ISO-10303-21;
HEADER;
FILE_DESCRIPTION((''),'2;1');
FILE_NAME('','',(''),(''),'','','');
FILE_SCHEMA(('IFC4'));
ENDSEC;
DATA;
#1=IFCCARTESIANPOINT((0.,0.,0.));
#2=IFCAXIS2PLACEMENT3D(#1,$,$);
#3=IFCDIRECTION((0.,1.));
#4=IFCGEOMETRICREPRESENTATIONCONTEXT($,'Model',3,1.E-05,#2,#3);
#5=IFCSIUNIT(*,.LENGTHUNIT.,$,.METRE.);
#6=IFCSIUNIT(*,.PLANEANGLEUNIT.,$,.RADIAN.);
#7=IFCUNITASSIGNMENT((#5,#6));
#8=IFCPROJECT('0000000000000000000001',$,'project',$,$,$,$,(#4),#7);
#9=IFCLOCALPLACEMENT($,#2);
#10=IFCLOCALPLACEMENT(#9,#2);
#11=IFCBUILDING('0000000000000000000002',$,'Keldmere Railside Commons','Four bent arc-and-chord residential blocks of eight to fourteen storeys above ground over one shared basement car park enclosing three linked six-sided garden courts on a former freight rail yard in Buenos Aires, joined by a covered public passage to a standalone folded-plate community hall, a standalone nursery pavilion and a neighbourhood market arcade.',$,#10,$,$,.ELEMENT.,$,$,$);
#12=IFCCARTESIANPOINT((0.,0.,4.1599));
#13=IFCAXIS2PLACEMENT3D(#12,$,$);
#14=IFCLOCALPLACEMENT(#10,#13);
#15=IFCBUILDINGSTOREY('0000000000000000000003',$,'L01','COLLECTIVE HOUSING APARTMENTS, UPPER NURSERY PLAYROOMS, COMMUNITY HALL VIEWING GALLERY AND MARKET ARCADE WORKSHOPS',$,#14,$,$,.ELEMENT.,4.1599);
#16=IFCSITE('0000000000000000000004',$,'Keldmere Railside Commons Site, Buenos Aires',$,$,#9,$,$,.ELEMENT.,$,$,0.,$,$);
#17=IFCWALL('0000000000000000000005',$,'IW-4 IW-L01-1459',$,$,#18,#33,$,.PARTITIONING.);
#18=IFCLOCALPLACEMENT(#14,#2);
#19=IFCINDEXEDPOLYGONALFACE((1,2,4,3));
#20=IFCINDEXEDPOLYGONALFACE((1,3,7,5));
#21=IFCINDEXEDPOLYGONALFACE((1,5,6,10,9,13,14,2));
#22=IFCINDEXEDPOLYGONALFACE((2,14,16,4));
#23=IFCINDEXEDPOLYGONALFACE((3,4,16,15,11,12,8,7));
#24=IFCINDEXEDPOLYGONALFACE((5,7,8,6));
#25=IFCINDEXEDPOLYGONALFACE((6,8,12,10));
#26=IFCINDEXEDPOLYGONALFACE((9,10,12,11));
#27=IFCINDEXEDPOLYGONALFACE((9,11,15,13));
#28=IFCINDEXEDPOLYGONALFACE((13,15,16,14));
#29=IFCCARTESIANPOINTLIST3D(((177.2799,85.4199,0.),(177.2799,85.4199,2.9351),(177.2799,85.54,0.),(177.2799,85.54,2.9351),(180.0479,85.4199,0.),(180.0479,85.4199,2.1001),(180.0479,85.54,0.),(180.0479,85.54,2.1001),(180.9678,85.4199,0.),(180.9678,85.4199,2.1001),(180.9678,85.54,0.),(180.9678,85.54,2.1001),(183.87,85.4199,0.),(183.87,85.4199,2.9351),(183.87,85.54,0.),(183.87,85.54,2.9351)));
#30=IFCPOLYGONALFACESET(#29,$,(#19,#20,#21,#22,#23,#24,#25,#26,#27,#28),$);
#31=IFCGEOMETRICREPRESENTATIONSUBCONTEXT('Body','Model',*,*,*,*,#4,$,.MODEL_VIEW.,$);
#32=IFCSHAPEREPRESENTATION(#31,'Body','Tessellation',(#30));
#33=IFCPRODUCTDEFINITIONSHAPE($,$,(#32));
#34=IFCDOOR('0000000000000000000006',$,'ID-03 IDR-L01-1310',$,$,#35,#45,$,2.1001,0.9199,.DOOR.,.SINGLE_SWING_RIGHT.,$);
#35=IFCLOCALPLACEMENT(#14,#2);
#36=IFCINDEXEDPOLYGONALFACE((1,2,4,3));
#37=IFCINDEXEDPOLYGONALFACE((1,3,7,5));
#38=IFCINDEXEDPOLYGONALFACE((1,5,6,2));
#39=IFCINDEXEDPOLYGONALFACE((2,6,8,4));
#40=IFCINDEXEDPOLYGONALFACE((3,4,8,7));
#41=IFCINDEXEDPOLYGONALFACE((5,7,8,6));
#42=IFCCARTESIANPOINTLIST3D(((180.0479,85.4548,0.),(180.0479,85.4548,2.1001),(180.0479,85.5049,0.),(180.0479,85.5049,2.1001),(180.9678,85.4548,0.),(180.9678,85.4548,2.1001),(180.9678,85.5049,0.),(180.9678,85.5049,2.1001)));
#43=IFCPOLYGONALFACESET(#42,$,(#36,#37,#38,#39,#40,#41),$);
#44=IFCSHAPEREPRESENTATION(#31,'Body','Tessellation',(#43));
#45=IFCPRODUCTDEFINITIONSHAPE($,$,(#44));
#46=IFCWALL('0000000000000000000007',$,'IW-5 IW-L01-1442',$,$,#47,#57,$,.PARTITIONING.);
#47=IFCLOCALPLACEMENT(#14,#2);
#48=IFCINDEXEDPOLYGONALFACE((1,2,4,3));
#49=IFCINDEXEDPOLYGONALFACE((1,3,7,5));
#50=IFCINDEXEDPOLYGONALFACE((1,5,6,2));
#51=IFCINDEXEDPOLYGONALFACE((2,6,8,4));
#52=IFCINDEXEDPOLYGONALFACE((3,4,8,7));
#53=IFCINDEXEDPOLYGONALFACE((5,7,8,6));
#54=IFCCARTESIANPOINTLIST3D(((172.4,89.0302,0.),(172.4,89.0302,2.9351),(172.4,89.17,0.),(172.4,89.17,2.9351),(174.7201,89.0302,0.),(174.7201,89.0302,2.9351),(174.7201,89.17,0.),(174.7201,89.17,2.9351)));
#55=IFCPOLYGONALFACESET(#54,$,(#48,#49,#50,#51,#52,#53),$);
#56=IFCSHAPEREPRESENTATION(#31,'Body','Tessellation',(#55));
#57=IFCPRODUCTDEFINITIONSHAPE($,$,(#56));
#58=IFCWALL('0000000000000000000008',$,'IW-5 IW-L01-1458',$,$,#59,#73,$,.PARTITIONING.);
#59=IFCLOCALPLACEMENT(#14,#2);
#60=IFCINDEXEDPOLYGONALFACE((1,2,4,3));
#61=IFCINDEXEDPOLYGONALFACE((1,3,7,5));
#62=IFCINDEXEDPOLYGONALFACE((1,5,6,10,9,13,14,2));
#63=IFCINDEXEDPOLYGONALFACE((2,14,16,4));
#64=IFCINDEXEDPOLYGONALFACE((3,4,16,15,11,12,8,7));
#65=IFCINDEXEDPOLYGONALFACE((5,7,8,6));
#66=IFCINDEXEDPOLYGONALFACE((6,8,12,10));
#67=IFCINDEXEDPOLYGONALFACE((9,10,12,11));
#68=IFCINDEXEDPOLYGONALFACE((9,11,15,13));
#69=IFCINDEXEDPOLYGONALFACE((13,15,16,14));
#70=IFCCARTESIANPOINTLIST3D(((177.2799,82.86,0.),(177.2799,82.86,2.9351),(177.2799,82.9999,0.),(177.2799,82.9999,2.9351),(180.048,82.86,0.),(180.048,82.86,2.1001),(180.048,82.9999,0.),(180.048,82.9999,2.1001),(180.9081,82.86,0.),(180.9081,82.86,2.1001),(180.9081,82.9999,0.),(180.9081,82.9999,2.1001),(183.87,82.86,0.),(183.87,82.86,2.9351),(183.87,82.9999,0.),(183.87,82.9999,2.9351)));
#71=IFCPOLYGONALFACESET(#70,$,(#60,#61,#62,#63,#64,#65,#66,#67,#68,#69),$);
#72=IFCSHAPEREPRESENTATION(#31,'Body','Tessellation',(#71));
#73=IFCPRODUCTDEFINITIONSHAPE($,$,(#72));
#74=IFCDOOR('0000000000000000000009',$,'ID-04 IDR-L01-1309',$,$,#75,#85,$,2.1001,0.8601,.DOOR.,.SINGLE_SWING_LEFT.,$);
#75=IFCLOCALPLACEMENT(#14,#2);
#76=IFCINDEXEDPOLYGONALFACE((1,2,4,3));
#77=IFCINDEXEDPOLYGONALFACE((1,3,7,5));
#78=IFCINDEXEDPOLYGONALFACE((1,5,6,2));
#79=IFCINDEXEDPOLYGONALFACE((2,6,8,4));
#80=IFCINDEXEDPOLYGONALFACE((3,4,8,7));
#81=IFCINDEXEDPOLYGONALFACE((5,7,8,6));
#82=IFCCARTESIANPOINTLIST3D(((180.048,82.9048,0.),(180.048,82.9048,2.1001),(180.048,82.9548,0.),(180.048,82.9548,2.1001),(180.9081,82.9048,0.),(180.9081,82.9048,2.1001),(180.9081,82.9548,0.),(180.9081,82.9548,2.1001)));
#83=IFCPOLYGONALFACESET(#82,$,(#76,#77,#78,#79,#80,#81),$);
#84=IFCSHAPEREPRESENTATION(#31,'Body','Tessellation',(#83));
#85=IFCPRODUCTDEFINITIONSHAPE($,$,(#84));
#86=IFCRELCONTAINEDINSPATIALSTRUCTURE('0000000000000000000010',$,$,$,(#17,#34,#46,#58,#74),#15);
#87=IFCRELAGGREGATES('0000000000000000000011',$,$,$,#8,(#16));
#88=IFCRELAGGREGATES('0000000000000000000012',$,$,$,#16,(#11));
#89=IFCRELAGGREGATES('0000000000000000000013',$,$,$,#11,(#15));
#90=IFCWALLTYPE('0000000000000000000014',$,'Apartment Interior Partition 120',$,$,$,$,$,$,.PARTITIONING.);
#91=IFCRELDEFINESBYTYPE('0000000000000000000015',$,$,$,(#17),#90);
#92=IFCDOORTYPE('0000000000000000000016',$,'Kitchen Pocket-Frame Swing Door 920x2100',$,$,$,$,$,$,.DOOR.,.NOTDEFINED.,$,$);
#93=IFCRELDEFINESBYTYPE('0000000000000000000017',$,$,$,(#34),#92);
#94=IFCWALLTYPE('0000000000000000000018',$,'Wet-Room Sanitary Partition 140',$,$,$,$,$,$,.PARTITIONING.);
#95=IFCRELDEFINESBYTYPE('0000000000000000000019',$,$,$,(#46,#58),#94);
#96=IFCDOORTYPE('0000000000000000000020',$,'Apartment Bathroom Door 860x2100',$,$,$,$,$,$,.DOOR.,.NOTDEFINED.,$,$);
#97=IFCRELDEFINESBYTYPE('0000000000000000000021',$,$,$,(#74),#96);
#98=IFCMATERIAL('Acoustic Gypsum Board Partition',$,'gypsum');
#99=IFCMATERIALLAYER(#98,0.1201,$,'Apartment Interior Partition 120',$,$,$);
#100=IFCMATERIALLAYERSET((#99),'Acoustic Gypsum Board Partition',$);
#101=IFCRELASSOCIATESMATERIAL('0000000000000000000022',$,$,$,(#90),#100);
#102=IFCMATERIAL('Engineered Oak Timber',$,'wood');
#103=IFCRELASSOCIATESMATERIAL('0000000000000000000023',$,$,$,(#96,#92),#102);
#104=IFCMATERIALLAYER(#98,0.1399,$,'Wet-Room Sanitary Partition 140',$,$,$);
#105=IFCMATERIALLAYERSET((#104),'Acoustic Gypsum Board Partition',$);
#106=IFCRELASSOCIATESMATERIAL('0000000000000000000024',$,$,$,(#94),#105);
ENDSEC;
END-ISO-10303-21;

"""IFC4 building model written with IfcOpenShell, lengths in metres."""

from ifc_helpers import new_model, si_unit, direction, frame, frame_2d, origin, place, context, subcontext, project, spatial, rectangle, extrude, material, layer, layer_set, type_object, element, fill, save


model = new_model("IFC4")

# Units and contexts
model_context = context("Model", 3, precision=1e-05, world=origin(), true_north=direction((0.0, 1.0)))
body_context = subcontext(model_context, "Body", "Model", "MODEL_VIEW")
ifc_project = project(units=[si_unit("LENGTHUNIT", "METRE"), si_unit("PLANEANGLEUNIT", "RADIAN")], contexts=[model_context])

# Site, building, storey
site_placement = place(None, origin())
site = spatial("IfcSite", under=ifc_project, at=site_placement, Name="Keldmere Railside Commons Site, Buenos Aires", CompositionType="ELEMENT", RefElevation=0.0)
building_placement = place(site_placement, origin())
building = spatial("IfcBuilding", under=site, at=building_placement, Name="Keldmere Railside Commons", Description="Four bent arc-and-chord residential blocks of eight to fourteen storeys above ground over one shared basement car park enclosing three linked six-sided garden courts on a former freight rail yard in Buenos Aires, joined by a covered public passage to a standalone folded-plate community hall, a standalone nursery pavilion and a neighbourhood market arcade.", CompositionType="ELEMENT")
storey_placement = place(building_placement, frame((0.0, 0.0, 4.1599)))
storey = spatial("IfcBuildingStorey", under=building, at=storey_placement, Name="L01", Description="COLLECTIVE HOUSING APARTMENTS, UPPER NURSERY PLAYROOMS, COMMUNITY HALL VIEWING GALLERY AND MARKET ARCADE WORKSHOPS", CompositionType="ELEMENT", Elevation=4.1599)

# Shared definitions
ifc_material_1 = material(Name="Acoustic Gypsum Board Partition", Category="gypsum")

# Shared definitions
ifc_layer_1 = layer(ifc_material_1, 0.1201, Name="Apartment Interior Partition 120")
ifc_layer_set_1 = layer_set([ifc_layer_1], Name="Acoustic Gypsum Board Partition")
wall_type_1 = type_object("IfcWallType", Name="Apartment Interior Partition 120", PredefinedType="PARTITIONING", material=ifc_layer_set_1)
ifc_material_2 = material(Name="Engineered Oak Timber", Category="wood")
door_type_1 = type_object("IfcDoorType", Name="Apartment Bathroom Door 860x2100", OperationType="NOTDEFINED", PredefinedType="DOOR", material=ifc_material_2)
door_type_2 = type_object("IfcDoorType", Name="Kitchen Pocket-Frame Swing Door 920x2100", OperationType="NOTDEFINED", PredefinedType="DOOR", material=ifc_material_2)

# Wall, opening, door
wall_1_placement = place(storey_placement, frame((177.28, 85.48, 0.0), z_axis=(0.0, 0.0, 1.0), x_axis=(1.0, 0.0, 0.0)))
wall_1 = element("IfcWall", 1, at=wall_1_placement, inside=storey, type_object=wall_type_1, Name="IW-4 IW-L01-1459", PredefinedType="PARTITIONING", context=body_context, shape_type="SweptSolid", body=[
    extrude(rectangle(XDim=6.5901, YDim=0.1201, at=frame_2d((3.2949, 0.0))), origin(), (0.0, 0.0, 1.0), 2.9351),
])
opening_1_placement = place(wall_1_placement, frame((2.7678, 0.0, 0.0)))
opening_1 = element("IfcOpeningElement", 2, at=opening_1_placement, cuts=wall_1, PredefinedType="OPENING", context=body_context, shape_type="SweptSolid", body=[
    extrude(rectangle(XDim=0.9199, YDim=2.1001, at=frame_2d((0.46, 1.05))), frame((0.0, 0.0701, 0.0), z_axis=(0.0, -1.0, 0.0), x_axis=(1.0, 0.0, 0.0)), (0.0, 0.0, 1.0), 0.1401),
])
door_1_placement = place(opening_1_placement, origin())
door_1 = element("IfcDoor", 3, at=door_1_placement, inside=storey, type_object=door_type_2, Name="ID-03 IDR-L01-1310", OperationType="SINGLE_SWING_RIGHT", OverallHeight=2.1001, OverallWidth=0.9199, PredefinedType="DOOR", context=body_context, shape_type="SweptSolid", body=[
    extrude(rectangle(XDim=0.9199, YDim=2.1001, at=frame_2d((0.46, 1.05))), frame((0.0, 0.0249, 0.0), z_axis=(0.0, -1.0, 0.0), x_axis=(1.0, 0.0, 0.0)), (0.0, 0.0, 1.0), 0.05),
])
fill(opening_1, door_1)

# Wall
ifc_layer_2 = layer(ifc_material_1, 0.1399, Name="Wet-Room Sanitary Partition 140")
ifc_layer_set_2 = layer_set([ifc_layer_2], Name="Acoustic Gypsum Board Partition")
wall_type_2 = type_object("IfcWallType", Name="Wet-Room Sanitary Partition 140", PredefinedType="PARTITIONING", material=ifc_layer_set_2)
wall_2_placement = place(storey_placement, frame((172.3999, 89.1001, 0.0), z_axis=(0.0, 0.0, 1.0), x_axis=(1.0, 0.0, 0.0)))
element("IfcWall", 4, at=wall_2_placement, inside=storey, type_object=wall_type_2, Name="IW-5 IW-L01-1442", PredefinedType="PARTITIONING", context=body_context, shape_type="SweptSolid", body=[
    extrude(rectangle(XDim=2.3201, YDim=0.1399, at=frame_2d((1.1602, 0.0))), origin(), (0.0, 0.0, 1.0), 2.9351),
])

# Wall, opening, door
wall_3_placement = place(storey_placement, frame((177.28, 82.9299, 0.0), z_axis=(0.0, 0.0, 1.0), x_axis=(1.0, 0.0, 0.0)))
wall_3 = element("IfcWall", 5, at=wall_3_placement, inside=storey, type_object=wall_type_2, Name="IW-5 IW-L01-1458", PredefinedType="PARTITIONING", context=body_context, shape_type="SweptSolid", body=[
    extrude(rectangle(XDim=6.5901, YDim=0.1399, at=frame_2d((3.2949, 0.0))), origin(), (0.0, 0.0, 1.0), 2.9351),
])
opening_2_placement = place(wall_3_placement, frame((2.7678, 0.0, 0.0)))
opening_2 = element("IfcOpeningElement", 6, at=opening_2_placement, cuts=wall_3, PredefinedType="OPENING", context=body_context, shape_type="SweptSolid", body=[
    extrude(rectangle(XDim=0.8601, YDim=2.1001, at=frame_2d((0.4302, 1.05))), frame((0.0, 0.0798, 0.0), z_axis=(0.0, -1.0, 0.0), x_axis=(1.0, 0.0, 0.0)), (0.0, 0.0, 1.0), 0.1599),
])
door_2_placement = place(opening_2_placement, origin())
door_2 = element("IfcDoor", 7, at=door_2_placement, inside=storey, type_object=door_type_1, Name="ID-04 IDR-L01-1309", OperationType="SINGLE_SWING_LEFT", OverallHeight=2.1001, OverallWidth=0.8601, PredefinedType="DOOR", context=body_context, shape_type="SweptSolid", body=[
    extrude(rectangle(XDim=0.8601, YDim=2.1001, at=frame_2d((0.4302, 1.05))), frame((0.0, 0.0249, 0.0), z_axis=(0.0, -1.0, 0.0), x_axis=(1.0, 0.0, 0.0)), (0.0, 0.0, 1.0), 0.05),
])
fill(opening_2, door_2)

save(model, "model.ifc")
